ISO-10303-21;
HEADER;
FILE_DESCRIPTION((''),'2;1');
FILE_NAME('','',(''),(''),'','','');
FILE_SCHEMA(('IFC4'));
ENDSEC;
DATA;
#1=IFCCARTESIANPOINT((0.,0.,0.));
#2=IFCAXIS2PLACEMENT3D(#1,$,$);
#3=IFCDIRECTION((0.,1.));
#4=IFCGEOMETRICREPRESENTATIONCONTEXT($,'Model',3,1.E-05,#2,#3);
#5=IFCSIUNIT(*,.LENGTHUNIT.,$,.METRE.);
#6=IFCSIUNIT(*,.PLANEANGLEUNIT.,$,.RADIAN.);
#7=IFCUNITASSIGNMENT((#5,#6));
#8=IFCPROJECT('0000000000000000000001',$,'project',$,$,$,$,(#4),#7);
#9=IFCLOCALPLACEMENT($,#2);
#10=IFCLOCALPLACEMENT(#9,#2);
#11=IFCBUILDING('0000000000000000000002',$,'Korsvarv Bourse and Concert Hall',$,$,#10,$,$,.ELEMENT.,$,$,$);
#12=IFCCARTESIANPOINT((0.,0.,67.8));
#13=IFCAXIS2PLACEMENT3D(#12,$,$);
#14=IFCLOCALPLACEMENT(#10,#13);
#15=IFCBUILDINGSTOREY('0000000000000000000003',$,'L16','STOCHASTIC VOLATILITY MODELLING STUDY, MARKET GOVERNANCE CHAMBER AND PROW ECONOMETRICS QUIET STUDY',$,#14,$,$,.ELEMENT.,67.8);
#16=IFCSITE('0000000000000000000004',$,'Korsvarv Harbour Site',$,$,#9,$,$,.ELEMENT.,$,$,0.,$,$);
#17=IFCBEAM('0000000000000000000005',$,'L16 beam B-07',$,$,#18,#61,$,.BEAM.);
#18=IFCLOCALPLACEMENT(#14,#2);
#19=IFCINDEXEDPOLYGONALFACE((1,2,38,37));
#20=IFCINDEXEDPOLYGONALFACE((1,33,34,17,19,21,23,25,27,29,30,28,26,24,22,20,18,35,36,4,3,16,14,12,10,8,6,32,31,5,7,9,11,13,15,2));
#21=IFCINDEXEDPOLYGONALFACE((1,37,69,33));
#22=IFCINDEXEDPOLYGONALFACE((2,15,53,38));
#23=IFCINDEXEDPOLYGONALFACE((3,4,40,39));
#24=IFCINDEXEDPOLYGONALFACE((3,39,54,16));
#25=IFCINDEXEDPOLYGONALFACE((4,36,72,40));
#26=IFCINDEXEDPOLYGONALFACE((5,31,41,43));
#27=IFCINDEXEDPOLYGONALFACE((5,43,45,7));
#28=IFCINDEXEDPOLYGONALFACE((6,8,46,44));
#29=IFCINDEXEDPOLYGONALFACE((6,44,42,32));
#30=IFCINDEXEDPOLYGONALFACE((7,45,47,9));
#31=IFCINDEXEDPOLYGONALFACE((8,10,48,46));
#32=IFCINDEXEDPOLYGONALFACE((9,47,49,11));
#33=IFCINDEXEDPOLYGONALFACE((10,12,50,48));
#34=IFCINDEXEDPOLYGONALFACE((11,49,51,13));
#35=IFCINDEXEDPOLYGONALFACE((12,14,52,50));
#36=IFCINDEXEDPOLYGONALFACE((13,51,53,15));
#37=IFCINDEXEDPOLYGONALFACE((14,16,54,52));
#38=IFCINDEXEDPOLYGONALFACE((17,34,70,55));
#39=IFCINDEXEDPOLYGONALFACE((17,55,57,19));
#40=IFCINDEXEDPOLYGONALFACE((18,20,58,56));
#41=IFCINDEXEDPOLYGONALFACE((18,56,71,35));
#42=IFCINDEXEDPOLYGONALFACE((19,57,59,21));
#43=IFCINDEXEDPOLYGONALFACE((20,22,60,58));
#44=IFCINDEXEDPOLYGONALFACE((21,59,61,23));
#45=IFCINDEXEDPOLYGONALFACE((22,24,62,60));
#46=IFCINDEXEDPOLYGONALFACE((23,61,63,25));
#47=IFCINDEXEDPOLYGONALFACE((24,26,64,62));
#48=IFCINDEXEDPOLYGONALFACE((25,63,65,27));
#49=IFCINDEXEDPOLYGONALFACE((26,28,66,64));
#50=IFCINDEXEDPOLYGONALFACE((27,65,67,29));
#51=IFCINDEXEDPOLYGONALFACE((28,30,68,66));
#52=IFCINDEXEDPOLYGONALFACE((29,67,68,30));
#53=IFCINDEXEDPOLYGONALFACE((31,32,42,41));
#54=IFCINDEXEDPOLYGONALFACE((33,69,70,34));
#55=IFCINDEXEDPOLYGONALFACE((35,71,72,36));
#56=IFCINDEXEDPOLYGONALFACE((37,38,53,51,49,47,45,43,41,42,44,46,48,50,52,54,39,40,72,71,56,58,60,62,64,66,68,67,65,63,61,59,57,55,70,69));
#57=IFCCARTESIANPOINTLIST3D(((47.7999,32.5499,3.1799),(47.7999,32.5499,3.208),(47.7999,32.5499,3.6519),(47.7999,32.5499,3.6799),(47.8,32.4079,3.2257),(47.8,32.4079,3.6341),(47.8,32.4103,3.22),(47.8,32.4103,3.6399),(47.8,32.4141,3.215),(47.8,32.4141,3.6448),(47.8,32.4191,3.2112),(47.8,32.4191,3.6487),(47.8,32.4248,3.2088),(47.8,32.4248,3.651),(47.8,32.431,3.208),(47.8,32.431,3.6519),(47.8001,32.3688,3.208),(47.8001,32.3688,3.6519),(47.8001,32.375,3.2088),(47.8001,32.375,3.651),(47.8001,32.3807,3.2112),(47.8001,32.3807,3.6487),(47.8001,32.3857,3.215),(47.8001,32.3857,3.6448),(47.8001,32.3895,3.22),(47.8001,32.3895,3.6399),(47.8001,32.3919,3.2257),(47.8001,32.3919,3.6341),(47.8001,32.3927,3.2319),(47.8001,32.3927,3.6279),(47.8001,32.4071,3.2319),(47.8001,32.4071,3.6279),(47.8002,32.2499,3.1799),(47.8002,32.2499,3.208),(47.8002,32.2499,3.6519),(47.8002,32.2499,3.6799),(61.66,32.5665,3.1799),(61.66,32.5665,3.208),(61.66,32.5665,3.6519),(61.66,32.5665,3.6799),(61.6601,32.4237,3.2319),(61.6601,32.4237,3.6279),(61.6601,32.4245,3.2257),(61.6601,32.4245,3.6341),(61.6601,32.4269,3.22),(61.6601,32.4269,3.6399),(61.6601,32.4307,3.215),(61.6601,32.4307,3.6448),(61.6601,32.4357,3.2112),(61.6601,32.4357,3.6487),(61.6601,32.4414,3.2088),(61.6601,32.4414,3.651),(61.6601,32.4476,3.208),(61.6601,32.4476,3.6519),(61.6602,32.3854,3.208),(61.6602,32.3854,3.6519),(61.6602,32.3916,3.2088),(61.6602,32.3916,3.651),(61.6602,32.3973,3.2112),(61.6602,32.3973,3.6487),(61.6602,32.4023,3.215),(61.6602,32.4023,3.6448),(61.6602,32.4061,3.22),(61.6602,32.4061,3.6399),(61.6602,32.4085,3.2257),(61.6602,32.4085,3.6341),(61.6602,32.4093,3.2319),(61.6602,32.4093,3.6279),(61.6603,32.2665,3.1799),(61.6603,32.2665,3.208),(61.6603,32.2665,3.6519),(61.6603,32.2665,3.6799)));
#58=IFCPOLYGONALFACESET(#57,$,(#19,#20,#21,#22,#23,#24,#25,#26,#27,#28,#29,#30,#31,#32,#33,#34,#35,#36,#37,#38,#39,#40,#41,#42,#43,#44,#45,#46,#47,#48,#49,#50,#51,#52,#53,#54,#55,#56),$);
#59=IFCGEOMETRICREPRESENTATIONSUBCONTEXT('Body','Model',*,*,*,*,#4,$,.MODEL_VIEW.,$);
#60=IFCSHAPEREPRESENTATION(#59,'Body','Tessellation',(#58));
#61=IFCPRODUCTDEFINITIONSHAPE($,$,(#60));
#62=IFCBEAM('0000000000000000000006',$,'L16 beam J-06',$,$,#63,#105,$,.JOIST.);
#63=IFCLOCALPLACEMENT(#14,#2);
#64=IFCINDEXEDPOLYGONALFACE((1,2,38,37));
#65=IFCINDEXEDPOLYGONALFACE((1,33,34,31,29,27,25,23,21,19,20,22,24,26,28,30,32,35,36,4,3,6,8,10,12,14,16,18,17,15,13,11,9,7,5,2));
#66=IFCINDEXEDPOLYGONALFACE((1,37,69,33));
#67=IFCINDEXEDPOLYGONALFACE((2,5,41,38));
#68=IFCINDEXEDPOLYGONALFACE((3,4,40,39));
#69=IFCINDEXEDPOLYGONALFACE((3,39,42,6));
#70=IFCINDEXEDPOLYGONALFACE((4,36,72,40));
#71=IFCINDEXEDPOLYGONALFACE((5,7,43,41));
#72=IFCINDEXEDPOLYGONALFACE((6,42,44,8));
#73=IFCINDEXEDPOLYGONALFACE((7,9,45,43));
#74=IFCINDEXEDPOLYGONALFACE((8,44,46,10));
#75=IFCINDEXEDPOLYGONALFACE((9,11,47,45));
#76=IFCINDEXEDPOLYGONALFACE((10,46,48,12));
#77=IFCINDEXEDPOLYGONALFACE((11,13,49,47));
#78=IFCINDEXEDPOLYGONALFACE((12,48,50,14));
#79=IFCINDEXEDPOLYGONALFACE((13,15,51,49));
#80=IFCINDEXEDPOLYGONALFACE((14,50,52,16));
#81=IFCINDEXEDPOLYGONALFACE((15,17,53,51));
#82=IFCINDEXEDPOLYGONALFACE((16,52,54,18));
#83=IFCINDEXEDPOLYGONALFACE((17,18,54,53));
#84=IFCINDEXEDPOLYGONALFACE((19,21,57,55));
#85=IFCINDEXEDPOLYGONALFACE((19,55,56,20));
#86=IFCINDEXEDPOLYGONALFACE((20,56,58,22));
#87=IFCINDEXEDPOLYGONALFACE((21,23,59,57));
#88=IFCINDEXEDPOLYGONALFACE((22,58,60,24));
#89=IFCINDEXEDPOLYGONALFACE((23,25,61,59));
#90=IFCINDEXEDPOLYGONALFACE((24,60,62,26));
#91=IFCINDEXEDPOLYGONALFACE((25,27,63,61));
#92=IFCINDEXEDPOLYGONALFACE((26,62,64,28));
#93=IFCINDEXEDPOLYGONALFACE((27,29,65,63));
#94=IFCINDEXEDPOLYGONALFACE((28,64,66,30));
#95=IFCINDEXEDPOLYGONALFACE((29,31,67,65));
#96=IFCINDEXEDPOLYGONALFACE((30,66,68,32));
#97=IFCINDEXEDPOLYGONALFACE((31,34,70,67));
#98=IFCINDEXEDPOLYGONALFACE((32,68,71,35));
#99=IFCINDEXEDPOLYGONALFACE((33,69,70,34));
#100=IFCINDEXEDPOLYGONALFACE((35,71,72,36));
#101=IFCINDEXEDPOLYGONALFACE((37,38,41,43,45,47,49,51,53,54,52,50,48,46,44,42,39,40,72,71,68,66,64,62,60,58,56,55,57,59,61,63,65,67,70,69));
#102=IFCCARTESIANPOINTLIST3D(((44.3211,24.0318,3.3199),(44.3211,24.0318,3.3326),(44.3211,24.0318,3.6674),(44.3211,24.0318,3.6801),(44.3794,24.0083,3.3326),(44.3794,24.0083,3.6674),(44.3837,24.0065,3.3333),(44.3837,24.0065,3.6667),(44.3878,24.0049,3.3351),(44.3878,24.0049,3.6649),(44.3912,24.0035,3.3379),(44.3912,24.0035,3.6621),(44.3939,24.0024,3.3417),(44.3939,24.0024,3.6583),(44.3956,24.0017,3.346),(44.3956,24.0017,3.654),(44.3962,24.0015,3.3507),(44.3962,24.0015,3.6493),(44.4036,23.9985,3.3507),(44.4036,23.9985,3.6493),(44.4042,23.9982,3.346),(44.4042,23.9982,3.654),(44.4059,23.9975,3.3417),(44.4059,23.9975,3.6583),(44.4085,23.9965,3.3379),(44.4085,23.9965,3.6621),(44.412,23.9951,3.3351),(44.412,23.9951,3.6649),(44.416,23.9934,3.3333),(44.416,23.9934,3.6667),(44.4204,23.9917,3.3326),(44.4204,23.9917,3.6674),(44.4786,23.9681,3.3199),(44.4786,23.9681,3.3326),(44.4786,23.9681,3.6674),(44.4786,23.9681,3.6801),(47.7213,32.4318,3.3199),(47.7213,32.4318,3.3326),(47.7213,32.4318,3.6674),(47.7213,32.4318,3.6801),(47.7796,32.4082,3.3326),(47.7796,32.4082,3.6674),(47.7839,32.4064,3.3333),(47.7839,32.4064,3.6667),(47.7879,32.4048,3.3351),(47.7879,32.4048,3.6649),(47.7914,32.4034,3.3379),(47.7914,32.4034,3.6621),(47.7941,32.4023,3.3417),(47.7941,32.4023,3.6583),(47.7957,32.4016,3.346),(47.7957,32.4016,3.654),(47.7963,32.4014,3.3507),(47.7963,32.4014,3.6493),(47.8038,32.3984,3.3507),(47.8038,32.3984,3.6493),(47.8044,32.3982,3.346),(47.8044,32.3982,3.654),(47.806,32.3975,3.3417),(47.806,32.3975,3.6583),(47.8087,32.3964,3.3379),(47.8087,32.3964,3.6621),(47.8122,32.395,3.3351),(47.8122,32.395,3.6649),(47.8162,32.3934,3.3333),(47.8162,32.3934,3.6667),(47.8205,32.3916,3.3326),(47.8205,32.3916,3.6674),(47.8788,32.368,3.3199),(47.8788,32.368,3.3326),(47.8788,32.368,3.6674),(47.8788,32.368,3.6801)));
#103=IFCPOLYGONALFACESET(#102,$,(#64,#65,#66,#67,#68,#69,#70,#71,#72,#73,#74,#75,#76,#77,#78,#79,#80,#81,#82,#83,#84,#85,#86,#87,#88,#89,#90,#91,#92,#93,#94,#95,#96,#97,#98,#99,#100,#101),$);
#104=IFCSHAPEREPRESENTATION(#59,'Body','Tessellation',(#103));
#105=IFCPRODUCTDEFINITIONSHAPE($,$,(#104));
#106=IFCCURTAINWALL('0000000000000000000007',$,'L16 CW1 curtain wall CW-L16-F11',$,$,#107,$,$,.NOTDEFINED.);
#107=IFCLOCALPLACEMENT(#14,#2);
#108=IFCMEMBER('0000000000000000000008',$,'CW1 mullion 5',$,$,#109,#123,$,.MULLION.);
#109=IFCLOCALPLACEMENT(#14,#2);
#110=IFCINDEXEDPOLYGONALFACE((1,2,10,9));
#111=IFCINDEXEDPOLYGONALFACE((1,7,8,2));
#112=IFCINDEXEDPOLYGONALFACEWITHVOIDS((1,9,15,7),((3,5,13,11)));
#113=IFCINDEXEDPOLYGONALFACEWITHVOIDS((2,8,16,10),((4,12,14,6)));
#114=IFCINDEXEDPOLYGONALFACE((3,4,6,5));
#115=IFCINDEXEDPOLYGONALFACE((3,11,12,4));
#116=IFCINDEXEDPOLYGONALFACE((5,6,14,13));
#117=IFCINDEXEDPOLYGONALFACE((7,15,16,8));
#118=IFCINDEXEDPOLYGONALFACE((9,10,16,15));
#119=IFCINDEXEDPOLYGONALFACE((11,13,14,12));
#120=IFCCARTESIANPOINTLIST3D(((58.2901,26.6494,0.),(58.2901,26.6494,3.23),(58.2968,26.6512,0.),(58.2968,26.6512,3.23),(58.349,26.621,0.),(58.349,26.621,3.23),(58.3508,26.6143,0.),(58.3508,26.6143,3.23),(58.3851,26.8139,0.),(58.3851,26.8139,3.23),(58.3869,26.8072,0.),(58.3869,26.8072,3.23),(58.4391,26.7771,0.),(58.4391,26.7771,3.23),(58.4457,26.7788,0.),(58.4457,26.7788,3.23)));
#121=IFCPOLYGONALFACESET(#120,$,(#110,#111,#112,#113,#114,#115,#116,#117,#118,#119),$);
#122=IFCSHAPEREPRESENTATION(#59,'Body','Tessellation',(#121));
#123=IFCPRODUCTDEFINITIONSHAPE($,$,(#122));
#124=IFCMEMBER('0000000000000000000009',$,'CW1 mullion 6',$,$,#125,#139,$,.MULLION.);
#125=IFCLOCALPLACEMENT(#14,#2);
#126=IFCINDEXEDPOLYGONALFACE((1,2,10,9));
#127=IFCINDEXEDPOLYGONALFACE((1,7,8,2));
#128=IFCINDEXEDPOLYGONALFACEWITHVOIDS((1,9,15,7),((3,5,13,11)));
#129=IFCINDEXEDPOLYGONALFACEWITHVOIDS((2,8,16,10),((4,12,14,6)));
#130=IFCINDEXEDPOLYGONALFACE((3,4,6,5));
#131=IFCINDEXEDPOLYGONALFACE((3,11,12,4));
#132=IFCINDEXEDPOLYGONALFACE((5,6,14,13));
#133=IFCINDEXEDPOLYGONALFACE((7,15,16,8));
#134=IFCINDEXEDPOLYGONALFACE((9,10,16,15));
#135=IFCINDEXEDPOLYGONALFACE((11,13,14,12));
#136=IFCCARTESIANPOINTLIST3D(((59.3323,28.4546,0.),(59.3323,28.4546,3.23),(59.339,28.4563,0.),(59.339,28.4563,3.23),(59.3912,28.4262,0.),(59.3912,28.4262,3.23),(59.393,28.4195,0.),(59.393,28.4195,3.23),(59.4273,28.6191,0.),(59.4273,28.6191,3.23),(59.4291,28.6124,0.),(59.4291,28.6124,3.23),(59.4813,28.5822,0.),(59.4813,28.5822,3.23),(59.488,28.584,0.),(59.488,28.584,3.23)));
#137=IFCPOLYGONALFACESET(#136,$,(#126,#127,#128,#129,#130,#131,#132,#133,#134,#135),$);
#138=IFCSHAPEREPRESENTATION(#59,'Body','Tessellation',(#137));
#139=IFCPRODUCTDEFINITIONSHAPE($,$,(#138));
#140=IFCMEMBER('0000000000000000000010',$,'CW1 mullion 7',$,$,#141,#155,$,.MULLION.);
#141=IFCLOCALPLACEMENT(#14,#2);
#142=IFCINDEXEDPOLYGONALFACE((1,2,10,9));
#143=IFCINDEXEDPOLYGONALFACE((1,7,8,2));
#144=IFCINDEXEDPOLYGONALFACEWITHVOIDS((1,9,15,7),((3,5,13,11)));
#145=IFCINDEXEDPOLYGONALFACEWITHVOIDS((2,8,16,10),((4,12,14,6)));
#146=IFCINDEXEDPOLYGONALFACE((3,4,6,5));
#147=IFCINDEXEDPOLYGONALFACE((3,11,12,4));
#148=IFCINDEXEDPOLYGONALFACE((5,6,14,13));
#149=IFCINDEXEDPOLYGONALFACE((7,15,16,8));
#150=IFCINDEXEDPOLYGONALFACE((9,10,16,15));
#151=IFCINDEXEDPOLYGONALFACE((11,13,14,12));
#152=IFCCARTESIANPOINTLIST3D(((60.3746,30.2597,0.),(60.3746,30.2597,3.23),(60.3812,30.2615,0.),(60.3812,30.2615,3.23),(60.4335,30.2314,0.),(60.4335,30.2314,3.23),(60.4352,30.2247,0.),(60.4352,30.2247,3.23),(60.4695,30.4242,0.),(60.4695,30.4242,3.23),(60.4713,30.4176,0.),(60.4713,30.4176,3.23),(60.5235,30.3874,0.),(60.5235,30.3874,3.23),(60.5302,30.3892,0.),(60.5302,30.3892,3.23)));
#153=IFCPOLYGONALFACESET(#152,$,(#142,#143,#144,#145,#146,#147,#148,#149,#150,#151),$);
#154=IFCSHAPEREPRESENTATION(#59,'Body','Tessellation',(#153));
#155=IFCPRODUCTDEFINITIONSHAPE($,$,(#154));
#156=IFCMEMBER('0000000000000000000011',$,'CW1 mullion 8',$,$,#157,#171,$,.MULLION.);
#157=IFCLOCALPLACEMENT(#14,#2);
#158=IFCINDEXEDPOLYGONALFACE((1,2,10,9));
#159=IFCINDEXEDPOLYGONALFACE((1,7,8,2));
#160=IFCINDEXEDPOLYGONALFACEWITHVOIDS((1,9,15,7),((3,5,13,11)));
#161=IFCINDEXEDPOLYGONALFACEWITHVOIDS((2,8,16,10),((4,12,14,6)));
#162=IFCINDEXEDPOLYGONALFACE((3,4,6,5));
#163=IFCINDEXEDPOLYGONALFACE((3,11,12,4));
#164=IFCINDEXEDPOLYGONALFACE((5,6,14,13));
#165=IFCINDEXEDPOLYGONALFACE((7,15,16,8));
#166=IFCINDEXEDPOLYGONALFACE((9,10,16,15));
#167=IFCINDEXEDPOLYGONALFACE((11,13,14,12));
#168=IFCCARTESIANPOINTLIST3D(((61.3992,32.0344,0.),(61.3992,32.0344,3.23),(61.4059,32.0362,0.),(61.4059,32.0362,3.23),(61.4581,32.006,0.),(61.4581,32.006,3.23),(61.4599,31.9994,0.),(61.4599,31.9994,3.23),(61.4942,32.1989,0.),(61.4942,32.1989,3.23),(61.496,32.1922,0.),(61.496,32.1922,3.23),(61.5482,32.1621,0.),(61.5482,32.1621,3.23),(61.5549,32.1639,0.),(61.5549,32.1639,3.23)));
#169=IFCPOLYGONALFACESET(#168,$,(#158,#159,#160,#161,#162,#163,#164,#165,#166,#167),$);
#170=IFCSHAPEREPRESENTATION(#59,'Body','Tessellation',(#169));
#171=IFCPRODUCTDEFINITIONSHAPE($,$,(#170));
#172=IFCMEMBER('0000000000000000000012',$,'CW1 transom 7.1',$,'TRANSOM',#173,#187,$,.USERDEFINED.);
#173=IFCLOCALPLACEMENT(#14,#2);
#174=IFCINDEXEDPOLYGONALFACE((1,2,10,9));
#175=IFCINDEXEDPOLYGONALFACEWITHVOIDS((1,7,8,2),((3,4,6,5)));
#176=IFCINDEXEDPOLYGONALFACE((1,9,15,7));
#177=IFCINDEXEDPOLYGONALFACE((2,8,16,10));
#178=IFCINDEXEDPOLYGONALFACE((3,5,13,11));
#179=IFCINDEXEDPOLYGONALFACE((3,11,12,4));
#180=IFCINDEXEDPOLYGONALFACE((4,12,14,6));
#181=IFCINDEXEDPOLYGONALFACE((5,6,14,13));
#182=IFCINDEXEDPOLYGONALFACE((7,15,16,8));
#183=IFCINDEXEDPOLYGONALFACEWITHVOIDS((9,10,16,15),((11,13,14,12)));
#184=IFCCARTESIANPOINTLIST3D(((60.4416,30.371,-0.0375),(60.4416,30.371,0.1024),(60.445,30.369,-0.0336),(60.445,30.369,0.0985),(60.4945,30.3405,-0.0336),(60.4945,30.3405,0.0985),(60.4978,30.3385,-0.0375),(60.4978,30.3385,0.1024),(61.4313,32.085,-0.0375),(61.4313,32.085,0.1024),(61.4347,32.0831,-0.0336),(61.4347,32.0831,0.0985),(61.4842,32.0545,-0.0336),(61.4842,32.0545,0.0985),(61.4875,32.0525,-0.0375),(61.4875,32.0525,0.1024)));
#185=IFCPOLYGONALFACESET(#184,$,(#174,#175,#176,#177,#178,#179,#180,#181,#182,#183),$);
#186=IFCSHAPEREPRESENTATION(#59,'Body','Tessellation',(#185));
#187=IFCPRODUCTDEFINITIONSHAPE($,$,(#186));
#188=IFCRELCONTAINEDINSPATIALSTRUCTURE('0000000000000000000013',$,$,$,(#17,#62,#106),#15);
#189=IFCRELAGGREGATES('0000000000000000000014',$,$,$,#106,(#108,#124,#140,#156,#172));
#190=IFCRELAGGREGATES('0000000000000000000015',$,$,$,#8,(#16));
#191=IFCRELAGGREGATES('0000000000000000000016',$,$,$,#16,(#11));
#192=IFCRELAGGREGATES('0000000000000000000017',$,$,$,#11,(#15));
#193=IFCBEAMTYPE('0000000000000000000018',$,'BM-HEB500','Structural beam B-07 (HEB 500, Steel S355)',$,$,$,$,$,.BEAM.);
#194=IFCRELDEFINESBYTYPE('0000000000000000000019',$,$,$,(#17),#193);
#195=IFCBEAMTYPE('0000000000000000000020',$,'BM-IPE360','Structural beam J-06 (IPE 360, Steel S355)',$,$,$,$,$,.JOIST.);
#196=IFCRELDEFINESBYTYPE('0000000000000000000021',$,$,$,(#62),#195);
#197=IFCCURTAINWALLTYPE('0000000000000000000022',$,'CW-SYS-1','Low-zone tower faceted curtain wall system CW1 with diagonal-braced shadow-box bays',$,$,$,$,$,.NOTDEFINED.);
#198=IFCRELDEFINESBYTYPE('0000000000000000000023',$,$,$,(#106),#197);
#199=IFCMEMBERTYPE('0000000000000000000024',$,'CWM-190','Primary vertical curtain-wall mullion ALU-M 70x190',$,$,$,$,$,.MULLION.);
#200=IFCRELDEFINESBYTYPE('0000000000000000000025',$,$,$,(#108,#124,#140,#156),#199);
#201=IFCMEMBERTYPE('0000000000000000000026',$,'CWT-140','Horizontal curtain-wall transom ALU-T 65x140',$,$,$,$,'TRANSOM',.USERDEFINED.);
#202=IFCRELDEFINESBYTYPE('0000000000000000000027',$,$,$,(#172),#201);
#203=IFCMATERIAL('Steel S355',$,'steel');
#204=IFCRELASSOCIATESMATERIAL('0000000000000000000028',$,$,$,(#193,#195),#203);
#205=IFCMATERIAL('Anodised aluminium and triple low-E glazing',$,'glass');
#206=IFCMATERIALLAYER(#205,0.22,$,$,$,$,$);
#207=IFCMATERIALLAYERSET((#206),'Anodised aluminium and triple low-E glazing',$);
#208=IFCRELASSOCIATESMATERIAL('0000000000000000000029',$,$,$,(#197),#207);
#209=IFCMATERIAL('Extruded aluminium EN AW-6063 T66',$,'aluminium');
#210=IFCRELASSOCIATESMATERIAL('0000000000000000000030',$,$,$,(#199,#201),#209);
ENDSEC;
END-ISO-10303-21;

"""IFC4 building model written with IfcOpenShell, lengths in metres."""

from ifc_helpers import new_model, si_unit, direction, frame, origin, origin_2d, place, context, subcontext, project, spatial, hollow_rectangle, i_section, extrude, source, transform, mapped, material, layer, layer_set, material_profile, profile_set, type_object, element, aggregate, save


model = new_model("IFC4")

# Units and contexts
model_context = context("Model", 3, precision=1e-05, world=origin(), true_north=direction((0.0, 1.0)))
body_context = subcontext(model_context, "Body", "Model", "MODEL_VIEW")
ifc_project = project(units=[si_unit("LENGTHUNIT", "METRE"), si_unit("PLANEANGLEUNIT", "RADIAN")], contexts=[model_context])

# Site, building, storey
site_placement = place(None, origin())
site = spatial("IfcSite", under=ifc_project, at=site_placement, Name="Korsvarv Harbour Site", CompositionType="ELEMENT", RefElevation=0.0)
building_placement = place(site_placement, origin())
building = spatial("IfcBuilding", under=site, at=building_placement, Name="Korsvarv Bourse and Concert Hall", CompositionType="ELEMENT")
storey_placement = place(building_placement, frame((0.0, 0.0, 67.8)))
storey = spatial("IfcBuildingStorey", under=building, at=storey_placement, Name="L16", Description="STOCHASTIC VOLATILITY MODELLING STUDY, MARKET GOVERNANCE CHAMBER AND PROW ECONOMETRICS QUIET STUDY", CompositionType="ELEMENT", Elevation=67.8)

# Beams
ifc_material_1 = material(Name="Steel S355", Category="steel")
ifc_material_profile_1 = material_profile(ifc_material_1, i_section(OverallWidth=0.3, OverallDepth=0.5, WebThickness=0.0144, FlangeThickness=0.0281, FilletRadius=0.0239, at=origin_2d()), Name="HEB 500")
ifc_profile_set_1 = profile_set([ifc_material_profile_1], Name="Steel S355")
beam_type_1 = type_object("IfcBeamType", Name="BM-HEB500", Description="Structural beam B-07 (HEB 500, Steel S355)", PredefinedType="BEAM", material=ifc_profile_set_1)
shared_shape_1 = source(origin(), body_context, "Body", "SweptSolid", [
    extrude(i_section(OverallWidth=0.3, OverallDepth=0.5, WebThickness=0.0144, FlangeThickness=0.0281, FilletRadius=0.0239, at=origin_2d()), origin(), (0.0, 0.0, 1.0), 13.8601),
])
beam_1_placement = place(storey_placement, frame((61.6602, 32.4165, 3.4299), z_axis=(-0.999999, -0.001198, 0.0), x_axis=(0.001198, -0.999999, 0.0)))
element("IfcBeam", 1, at=beam_1_placement, inside=storey, type_object=beam_type_1, Name="L16 beam B-07", PredefinedType="BEAM", context=body_context, shape_type="MappedRepresentation", body=[
    mapped(shared_shape_1, transform((0.0, 0.0, 0.0), scale=1.0)),
])
ifc_material_profile_2 = material_profile(ifc_material_1, i_section(OverallWidth=0.1699, OverallDepth=0.3601, WebThickness=0.0081, FlangeThickness=0.0127, FilletRadius=0.0181, at=origin_2d()), Name="IPE 360")
ifc_profile_set_2 = profile_set([ifc_material_profile_2], Name="Steel S355")
beam_type_2 = type_object("IfcBeamType", Name="BM-IPE360", Description="Structural beam J-06 (IPE 360, Steel S355)", PredefinedType="JOIST", material=ifc_profile_set_2)
shared_shape_2 = source(origin(), body_context, "Body", "SweptSolid", [
    extrude(i_section(OverallWidth=0.1699, OverallDepth=0.3601, WebThickness=0.0081, FlangeThickness=0.0127, FilletRadius=0.0181, at=origin_2d()), origin(), (0.0, 0.0, 1.0), 9.062),
])
beam_2_placement = place(storey_placement, frame((47.8, 32.3999, 3.5), z_axis=(-0.37521, -0.92694, 0.0), x_axis=(0.92694, -0.37521, 0.0)))
element("IfcBeam", 2, at=beam_2_placement, inside=storey, type_object=beam_type_2, Name="L16 beam J-06", PredefinedType="JOIST", context=body_context, shape_type="MappedRepresentation", body=[
    mapped(shared_shape_2, transform((0.0, 0.0, 0.0), scale=1.0)),
])

# Curtain wall, members
ifc_material_2 = material(Name="Anodised aluminium and triple low-E glazing", Category="glass")
ifc_layer_1 = layer(ifc_material_2, 0.22)
ifc_layer_set_1 = layer_set([ifc_layer_1], Name="Anodised aluminium and triple low-E glazing")
curtain_wall_type = type_object("IfcCurtainWallType", Name="CW-SYS-1", Description="Low-zone tower faceted curtain wall system CW1 with diagonal-braced shadow-box bays", PredefinedType="NOTDEFINED", material=ifc_layer_set_1)
curtain_wall_placement = place(storey_placement, origin())
curtain_wall = element("IfcCurtainWall", 3, at=curtain_wall_placement, inside=storey, type_object=curtain_wall_type, Name="L16 CW1 curtain wall CW-L16-F11", PredefinedType="NOTDEFINED")
ifc_material_3 = material(Name="Extruded aluminium EN AW-6063 T66", Category="aluminium")
ifc_material_profile_3 = material_profile(ifc_material_3, hollow_rectangle(XDim=0.0701, YDim=0.1899, WallThickness=0.0049, at=origin_2d()), Name="ALU-M 70x190")
ifc_profile_set_3 = profile_set([ifc_material_profile_3], Name="Extruded aluminium EN AW-6063 T66")
member_type_1 = type_object("IfcMemberType", Name="CWM-190", Description="Primary vertical curtain-wall mullion ALU-M 70x190", PredefinedType="MULLION", material=ifc_profile_set_3)
shared_shape_3 = source(origin(), body_context, "Body", "SweptSolid", [
    extrude(hollow_rectangle(XDim=0.0701, YDim=0.1899, WallThickness=0.0049, at=origin_2d()), origin(), (0.0, 0.0, 1.0), 3.23),
])
member_1_placement = place(storey_placement, frame((58.3679, 26.7141, 0.0), z_axis=(0.0, 0.0, 1.0), x_axis=(-0.866022, 0.500006, 0.0)))
member_1 = element("IfcMember", 4, at=member_1_placement, type_object=member_type_1, Name="CW1 mullion 5", PredefinedType="MULLION", context=body_context, shape_type="MappedRepresentation", body=[
    mapped(shared_shape_3, transform((0.0, 0.0, 0.0), scale=1.0)),
])
member_2_placement = place(storey_placement, frame((59.4102, 28.5193, 0.0), z_axis=(0.0, 0.0, 1.0), x_axis=(-0.866022, 0.500006, 0.0)))
member_2 = element("IfcMember", 5, at=member_2_placement, type_object=member_type_1, Name="CW1 mullion 6", PredefinedType="MULLION", context=body_context, shape_type="MappedRepresentation", body=[
    mapped(shared_shape_3, transform((0.0, 0.0, 0.0), scale=1.0)),
])
member_3_placement = place(storey_placement, frame((60.4524, 30.3245, 0.0), z_axis=(0.0, 0.0, 1.0), x_axis=(-0.866022, 0.500006, 0.0)))
member_3 = element("IfcMember", 6, at=member_3_placement, type_object=member_type_1, Name="CW1 mullion 7", PredefinedType="MULLION", context=body_context, shape_type="MappedRepresentation", body=[
    mapped(shared_shape_3, transform((0.0, 0.0, 0.0), scale=1.0)),
])
member_4_placement = place(storey_placement, frame((61.4771, 32.0991, 0.0), z_axis=(0.0, 0.0, 1.0), x_axis=(-0.866022, 0.500006, 0.0)))
member_4 = element("IfcMember", 7, at=member_4_placement, type_object=member_type_1, Name="CW1 mullion 8", PredefinedType="MULLION", context=body_context, shape_type="MappedRepresentation", body=[
    mapped(shared_shape_3, transform((0.0, 0.0, 0.0), scale=1.0)),
])
ifc_material_profile_4 = material_profile(ifc_material_3, hollow_rectangle(XDim=0.0649, YDim=0.1399, WallThickness=0.0039, at=origin_2d()), Name="ALU-T 65x140")
ifc_profile_set_4 = profile_set([ifc_material_profile_4], Name="Extruded aluminium EN AW-6063 T66")
member_type_2 = type_object("IfcMemberType", Name="CWT-140", Description="Horizontal curtain-wall transom ALU-T 65x140", ElementType="TRANSOM", PredefinedType="USERDEFINED", material=ifc_profile_set_4)
shared_shape_4 = source(origin(), body_context, "Body", "SweptSolid", [
    extrude(hollow_rectangle(XDim=0.0649, YDim=0.1399, WallThickness=0.0039, at=origin_2d()), origin(), (0.0, 0.0, 1.0), 1.9792),
])
member_5_placement = place(storey_placement, frame((60.4697, 30.3547, 0.0325), z_axis=(0.500039, 0.866003, 0.0), x_axis=(-0.866003, 0.500039, 0.0)))
member_5 = element("IfcMember", 8, at=member_5_placement, type_object=member_type_2, Name="CW1 transom 7.1", ObjectType="TRANSOM", PredefinedType="USERDEFINED", context=body_context, shape_type="MappedRepresentation", body=[
    mapped(shared_shape_4, transform((0.0, 0.0, 0.0), scale=1.0)),
])
aggregate(curtain_wall, [member_1, member_2, member_3, member_4, member_5])

save(model, "model.ifc")
